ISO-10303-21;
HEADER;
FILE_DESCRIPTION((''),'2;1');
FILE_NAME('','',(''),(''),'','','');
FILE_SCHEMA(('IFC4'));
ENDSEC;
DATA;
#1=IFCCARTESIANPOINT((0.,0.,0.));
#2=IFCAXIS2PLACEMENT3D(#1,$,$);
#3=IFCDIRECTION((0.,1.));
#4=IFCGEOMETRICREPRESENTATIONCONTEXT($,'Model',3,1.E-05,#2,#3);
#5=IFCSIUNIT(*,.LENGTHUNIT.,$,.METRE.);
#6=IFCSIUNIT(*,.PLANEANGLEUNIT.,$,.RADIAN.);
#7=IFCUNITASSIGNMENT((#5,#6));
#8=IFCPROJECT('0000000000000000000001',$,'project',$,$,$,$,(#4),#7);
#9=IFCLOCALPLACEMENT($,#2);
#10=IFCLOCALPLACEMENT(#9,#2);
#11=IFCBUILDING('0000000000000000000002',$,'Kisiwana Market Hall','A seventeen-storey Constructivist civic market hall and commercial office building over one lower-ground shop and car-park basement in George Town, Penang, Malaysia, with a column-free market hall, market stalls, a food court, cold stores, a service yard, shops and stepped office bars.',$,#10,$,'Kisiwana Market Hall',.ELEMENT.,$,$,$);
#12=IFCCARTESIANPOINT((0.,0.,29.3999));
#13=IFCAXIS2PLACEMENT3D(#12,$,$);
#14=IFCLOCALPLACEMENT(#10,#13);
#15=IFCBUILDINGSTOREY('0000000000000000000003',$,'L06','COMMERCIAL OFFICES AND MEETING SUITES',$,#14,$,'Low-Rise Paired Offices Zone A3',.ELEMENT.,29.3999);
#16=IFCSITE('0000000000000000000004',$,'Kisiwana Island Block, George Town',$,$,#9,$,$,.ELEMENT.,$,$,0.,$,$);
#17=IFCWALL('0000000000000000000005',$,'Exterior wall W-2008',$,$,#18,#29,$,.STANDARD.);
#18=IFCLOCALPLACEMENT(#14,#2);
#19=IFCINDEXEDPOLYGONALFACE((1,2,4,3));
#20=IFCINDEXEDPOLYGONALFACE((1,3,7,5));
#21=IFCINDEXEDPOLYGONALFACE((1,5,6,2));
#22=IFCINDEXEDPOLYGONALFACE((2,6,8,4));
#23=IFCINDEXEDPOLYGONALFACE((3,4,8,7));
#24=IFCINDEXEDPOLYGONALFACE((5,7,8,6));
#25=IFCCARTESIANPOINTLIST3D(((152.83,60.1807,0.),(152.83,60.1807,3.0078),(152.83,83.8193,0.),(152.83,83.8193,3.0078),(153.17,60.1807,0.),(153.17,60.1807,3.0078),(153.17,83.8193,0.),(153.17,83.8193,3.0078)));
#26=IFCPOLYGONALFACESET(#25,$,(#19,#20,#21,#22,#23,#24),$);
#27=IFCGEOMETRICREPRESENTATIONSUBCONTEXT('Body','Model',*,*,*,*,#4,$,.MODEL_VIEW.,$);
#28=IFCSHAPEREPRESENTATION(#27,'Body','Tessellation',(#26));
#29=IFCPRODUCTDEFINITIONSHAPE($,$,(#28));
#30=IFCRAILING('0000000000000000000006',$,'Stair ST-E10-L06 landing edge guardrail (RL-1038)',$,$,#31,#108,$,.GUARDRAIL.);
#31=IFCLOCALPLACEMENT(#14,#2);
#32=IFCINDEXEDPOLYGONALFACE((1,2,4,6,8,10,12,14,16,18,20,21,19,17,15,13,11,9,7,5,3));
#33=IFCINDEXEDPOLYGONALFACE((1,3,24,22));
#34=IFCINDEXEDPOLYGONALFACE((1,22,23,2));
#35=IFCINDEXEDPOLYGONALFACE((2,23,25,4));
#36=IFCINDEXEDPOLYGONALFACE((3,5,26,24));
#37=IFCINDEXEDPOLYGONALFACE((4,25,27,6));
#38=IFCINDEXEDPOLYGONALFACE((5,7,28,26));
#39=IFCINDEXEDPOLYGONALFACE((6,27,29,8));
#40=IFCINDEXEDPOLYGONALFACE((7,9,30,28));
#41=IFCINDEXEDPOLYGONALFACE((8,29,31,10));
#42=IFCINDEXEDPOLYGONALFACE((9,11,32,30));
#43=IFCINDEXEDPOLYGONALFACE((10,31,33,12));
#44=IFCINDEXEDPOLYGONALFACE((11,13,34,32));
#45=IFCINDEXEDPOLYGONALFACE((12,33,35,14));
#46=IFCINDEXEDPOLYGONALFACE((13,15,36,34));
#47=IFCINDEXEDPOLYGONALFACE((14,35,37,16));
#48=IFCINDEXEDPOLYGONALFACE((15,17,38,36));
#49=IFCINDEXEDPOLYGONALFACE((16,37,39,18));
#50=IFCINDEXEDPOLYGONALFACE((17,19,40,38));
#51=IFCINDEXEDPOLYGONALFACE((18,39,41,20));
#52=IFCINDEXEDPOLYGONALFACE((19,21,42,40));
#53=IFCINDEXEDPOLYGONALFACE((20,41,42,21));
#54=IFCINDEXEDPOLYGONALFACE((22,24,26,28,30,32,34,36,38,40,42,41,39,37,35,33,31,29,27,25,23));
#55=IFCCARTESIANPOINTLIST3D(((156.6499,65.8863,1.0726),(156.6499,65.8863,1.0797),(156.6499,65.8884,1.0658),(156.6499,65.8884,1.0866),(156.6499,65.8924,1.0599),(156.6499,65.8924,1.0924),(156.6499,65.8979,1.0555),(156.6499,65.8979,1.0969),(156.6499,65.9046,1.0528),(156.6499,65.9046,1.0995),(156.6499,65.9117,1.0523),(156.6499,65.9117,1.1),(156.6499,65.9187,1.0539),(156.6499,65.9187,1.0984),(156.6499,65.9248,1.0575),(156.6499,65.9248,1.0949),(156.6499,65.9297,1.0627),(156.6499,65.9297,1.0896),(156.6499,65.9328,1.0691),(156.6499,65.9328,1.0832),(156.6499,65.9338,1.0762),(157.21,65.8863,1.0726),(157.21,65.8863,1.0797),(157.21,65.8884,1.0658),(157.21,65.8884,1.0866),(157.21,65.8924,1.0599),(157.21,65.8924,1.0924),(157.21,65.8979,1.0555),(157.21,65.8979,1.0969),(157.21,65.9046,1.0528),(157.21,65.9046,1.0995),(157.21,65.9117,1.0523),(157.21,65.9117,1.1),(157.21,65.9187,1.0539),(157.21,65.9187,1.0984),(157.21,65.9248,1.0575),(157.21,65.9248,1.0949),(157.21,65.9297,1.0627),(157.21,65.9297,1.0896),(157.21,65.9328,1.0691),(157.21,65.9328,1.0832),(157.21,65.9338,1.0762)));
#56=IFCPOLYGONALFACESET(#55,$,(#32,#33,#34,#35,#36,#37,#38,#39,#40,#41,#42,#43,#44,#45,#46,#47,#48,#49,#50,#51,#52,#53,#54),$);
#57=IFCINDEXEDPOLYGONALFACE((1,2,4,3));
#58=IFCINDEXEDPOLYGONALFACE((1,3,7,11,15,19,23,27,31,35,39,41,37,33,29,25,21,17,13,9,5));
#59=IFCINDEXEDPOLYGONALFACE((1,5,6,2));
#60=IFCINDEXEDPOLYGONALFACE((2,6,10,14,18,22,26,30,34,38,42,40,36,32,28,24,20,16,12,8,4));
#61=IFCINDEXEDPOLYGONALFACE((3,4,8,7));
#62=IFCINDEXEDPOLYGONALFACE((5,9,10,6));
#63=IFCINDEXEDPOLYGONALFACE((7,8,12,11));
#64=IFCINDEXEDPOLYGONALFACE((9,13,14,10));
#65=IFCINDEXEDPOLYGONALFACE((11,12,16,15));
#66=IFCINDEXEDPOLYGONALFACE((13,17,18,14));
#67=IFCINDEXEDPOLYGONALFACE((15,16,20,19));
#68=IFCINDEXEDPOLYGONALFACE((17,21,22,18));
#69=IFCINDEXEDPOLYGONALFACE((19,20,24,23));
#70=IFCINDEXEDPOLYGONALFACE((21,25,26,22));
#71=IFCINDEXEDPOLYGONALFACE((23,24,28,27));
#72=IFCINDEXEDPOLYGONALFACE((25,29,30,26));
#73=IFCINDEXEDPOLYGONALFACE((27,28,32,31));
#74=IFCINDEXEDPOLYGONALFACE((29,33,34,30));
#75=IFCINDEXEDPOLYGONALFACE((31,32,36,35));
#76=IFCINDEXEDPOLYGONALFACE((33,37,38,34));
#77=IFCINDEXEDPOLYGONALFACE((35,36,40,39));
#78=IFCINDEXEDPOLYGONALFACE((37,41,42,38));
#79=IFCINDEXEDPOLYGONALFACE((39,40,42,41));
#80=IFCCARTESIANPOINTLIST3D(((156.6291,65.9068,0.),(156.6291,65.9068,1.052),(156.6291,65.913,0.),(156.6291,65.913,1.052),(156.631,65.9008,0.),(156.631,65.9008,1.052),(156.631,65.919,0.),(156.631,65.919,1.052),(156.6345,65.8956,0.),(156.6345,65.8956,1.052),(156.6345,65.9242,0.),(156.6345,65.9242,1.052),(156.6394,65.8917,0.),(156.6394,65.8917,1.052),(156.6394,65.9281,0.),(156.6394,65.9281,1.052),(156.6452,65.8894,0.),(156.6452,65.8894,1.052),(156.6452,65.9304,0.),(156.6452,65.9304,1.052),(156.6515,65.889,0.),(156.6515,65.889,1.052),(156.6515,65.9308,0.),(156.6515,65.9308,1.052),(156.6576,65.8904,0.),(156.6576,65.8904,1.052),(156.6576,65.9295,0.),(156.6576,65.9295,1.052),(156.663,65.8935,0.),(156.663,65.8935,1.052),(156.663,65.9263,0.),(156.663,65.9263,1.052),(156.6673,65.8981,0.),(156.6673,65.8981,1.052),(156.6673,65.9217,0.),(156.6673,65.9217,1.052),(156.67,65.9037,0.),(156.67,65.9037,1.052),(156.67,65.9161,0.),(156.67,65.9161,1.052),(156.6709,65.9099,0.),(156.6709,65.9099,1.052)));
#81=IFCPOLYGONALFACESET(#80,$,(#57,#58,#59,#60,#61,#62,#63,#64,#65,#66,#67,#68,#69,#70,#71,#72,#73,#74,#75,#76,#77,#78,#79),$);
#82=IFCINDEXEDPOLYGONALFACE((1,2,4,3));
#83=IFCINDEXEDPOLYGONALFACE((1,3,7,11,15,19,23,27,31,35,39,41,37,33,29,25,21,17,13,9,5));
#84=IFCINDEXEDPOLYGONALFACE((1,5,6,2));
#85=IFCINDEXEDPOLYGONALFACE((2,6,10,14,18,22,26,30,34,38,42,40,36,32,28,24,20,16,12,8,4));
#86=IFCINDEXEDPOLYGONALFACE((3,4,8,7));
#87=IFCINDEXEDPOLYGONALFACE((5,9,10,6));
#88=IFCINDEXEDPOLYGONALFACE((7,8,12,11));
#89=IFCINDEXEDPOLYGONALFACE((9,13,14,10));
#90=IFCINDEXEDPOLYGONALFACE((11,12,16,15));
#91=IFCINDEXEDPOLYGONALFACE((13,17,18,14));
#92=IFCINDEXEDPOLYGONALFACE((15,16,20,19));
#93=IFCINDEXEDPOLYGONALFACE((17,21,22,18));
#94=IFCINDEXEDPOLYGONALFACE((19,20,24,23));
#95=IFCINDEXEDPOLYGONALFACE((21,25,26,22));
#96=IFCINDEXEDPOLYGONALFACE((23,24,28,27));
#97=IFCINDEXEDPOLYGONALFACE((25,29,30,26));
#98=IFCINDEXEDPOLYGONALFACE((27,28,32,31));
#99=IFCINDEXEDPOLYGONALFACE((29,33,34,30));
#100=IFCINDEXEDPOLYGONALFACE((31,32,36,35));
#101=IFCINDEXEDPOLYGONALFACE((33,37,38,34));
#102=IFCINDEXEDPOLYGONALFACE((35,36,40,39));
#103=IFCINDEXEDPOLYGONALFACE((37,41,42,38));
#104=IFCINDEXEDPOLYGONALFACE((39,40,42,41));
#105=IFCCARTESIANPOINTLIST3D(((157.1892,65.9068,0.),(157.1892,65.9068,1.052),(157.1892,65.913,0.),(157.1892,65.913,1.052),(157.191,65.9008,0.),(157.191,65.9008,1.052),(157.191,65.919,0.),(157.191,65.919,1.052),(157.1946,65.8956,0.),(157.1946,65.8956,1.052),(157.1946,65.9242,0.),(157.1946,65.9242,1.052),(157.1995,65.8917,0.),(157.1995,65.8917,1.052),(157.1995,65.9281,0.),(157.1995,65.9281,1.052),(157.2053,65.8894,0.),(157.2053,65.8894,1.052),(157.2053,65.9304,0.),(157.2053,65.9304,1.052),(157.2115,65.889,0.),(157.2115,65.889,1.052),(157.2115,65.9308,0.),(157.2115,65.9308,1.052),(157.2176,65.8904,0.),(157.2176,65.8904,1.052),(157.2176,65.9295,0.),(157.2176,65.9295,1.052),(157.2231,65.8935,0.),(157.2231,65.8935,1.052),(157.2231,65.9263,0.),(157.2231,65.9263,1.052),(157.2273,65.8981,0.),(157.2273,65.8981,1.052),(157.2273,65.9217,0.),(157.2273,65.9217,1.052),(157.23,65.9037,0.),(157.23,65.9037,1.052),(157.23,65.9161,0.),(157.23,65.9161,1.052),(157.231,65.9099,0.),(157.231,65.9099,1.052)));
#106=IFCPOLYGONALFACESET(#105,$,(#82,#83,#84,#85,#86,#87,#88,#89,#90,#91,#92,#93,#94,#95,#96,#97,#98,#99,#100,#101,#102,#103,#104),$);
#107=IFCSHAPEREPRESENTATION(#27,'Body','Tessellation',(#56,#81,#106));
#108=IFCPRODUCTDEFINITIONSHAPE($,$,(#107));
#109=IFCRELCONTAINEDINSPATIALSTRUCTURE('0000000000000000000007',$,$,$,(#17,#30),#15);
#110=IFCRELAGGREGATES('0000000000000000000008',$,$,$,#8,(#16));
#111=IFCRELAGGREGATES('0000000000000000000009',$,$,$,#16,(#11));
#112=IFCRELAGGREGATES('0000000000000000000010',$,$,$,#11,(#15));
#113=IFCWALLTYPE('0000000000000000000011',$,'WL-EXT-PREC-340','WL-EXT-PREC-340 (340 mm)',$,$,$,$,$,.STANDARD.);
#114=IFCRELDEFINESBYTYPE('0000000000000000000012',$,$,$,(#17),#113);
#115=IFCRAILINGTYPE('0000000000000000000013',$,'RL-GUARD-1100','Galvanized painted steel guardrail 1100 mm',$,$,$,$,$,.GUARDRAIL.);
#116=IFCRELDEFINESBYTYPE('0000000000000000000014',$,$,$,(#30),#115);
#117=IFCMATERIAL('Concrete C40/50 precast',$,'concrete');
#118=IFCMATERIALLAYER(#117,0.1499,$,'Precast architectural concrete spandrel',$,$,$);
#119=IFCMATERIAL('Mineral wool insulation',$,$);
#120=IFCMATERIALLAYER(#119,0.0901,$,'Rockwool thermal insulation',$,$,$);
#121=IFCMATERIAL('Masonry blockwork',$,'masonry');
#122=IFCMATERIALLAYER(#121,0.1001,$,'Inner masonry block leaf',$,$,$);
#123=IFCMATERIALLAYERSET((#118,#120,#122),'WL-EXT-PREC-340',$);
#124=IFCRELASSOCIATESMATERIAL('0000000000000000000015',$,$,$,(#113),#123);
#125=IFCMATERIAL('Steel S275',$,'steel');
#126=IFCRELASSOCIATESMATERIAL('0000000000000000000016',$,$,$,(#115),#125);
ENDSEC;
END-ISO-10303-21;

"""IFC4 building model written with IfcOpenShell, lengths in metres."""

from ifc_helpers import new_model, si_unit, direction, frame, frame_2d, origin, origin_2d, place, context, subcontext, project, spatial, rectangle, circle, extrude, material, layer, layer_set, type_object, element, save


model = new_model("IFC4")

# Units and contexts
model_context = context("Model", 3, precision=1e-05, world=origin(), true_north=direction((0.0, 1.0)))
body_context = subcontext(model_context, "Body", "Model", "MODEL_VIEW")
ifc_project = project(units=[si_unit("LENGTHUNIT", "METRE"), si_unit("PLANEANGLEUNIT", "RADIAN")], contexts=[model_context])

# Site, building, storey
site_placement = place(None, origin())
site = spatial("IfcSite", under=ifc_project, at=site_placement, Name="Kisiwana Island Block, George Town", CompositionType="ELEMENT", RefElevation=0.0)
building_placement = place(site_placement, origin())
building = spatial("IfcBuilding", under=site, at=building_placement, Name="Kisiwana Market Hall", Description="A seventeen-storey Constructivist civic market hall and commercial office building over one lower-ground shop and car-park basement in George Town, Penang, Malaysia, with a column-free market hall, market stalls, a food court, cold stores, a service yard, shops and stepped office bars.", LongName="Kisiwana Market Hall", CompositionType="ELEMENT")
storey_placement = place(building_placement, frame((0.0, 0.0, 29.3999)))
storey = spatial("IfcBuildingStorey", under=building, at=storey_placement, Name="L06", Description="COMMERCIAL OFFICES AND MEETING SUITES", LongName="Low-Rise Paired Offices Zone A3", CompositionType="ELEMENT", Elevation=29.3999)

# Wall
ifc_material_1 = material(Name="Concrete C40/50 precast", Category="concrete")
ifc_layer_1 = layer(ifc_material_1, 0.1499, Name="Precast architectural concrete spandrel")
ifc_material_2 = material(Name="Mineral wool insulation")
ifc_layer_2 = layer(ifc_material_2, 0.0901, Name="Rockwool thermal insulation")
ifc_material_3 = material(Name="Masonry blockwork", Category="masonry")
ifc_layer_3 = layer(ifc_material_3, 0.1001, Name="Inner masonry block leaf")
ifc_layer_set_1 = layer_set([ifc_layer_1, ifc_layer_2, ifc_layer_3], Name="WL-EXT-PREC-340")
wall_type_1 = type_object("IfcWallType", Name="WL-EXT-PREC-340", Description="WL-EXT-PREC-340 (340 mm)", PredefinedType="STANDARD", material=ifc_layer_set_1)
wall_1_placement = place(storey_placement, frame((153.0, 60.1807, 0.0), z_axis=(0.0, 0.0, 1.0), x_axis=(0.0, 1.0, 0.0)))
element("IfcWall", 1, at=wall_1_placement, inside=storey, type_object=wall_type_1, Name="Exterior wall W-2008", PredefinedType="STANDARD", context=body_context, shape_type="SweptSolid", body=[
    extrude(rectangle(XDim=23.6387, YDim=0.3401, at=frame_2d((11.8193, 0.0))), origin(), (0.0, 0.0, 1.0), 3.0078),
])

# Railing
ifc_material_4 = material(Name="Steel S275", Category="steel")
railing_type_1 = type_object("IfcRailingType", Name="RL-GUARD-1100", Description="Galvanized painted steel guardrail 1100 mm", PredefinedType="GUARDRAIL", material=ifc_material_4)
railing_1_placement = place(storey_placement, frame((156.6499, 65.9099, 0.0)))
element("IfcRailing", 2, at=railing_1_placement, inside=storey, type_object=railing_type_1, Name="Stair ST-E10-L06 landing edge guardrail (RL-1038)", PredefinedType="GUARDRAIL", context=body_context, shape_type="SweptSolid", body=[
    extrude(circle(Radius=0.0239, at=origin_2d()), frame((0.0, 0.0, 1.0762), z_axis=(1.0, 0.0, 0.0), x_axis=(0.0, 1.0, 0.0)), (0.0, 0.0, 1.0), 0.5601),
    extrude(circle(Radius=0.021, at=origin_2d()), origin(), (0.0, 0.0, 1.0), 1.052),
    extrude(circle(Radius=0.021, at=origin_2d()), frame((0.5601, 0.0, 0.0)), (0.0, 0.0, 1.0), 1.052),
])

save(model, "model.ifc")
